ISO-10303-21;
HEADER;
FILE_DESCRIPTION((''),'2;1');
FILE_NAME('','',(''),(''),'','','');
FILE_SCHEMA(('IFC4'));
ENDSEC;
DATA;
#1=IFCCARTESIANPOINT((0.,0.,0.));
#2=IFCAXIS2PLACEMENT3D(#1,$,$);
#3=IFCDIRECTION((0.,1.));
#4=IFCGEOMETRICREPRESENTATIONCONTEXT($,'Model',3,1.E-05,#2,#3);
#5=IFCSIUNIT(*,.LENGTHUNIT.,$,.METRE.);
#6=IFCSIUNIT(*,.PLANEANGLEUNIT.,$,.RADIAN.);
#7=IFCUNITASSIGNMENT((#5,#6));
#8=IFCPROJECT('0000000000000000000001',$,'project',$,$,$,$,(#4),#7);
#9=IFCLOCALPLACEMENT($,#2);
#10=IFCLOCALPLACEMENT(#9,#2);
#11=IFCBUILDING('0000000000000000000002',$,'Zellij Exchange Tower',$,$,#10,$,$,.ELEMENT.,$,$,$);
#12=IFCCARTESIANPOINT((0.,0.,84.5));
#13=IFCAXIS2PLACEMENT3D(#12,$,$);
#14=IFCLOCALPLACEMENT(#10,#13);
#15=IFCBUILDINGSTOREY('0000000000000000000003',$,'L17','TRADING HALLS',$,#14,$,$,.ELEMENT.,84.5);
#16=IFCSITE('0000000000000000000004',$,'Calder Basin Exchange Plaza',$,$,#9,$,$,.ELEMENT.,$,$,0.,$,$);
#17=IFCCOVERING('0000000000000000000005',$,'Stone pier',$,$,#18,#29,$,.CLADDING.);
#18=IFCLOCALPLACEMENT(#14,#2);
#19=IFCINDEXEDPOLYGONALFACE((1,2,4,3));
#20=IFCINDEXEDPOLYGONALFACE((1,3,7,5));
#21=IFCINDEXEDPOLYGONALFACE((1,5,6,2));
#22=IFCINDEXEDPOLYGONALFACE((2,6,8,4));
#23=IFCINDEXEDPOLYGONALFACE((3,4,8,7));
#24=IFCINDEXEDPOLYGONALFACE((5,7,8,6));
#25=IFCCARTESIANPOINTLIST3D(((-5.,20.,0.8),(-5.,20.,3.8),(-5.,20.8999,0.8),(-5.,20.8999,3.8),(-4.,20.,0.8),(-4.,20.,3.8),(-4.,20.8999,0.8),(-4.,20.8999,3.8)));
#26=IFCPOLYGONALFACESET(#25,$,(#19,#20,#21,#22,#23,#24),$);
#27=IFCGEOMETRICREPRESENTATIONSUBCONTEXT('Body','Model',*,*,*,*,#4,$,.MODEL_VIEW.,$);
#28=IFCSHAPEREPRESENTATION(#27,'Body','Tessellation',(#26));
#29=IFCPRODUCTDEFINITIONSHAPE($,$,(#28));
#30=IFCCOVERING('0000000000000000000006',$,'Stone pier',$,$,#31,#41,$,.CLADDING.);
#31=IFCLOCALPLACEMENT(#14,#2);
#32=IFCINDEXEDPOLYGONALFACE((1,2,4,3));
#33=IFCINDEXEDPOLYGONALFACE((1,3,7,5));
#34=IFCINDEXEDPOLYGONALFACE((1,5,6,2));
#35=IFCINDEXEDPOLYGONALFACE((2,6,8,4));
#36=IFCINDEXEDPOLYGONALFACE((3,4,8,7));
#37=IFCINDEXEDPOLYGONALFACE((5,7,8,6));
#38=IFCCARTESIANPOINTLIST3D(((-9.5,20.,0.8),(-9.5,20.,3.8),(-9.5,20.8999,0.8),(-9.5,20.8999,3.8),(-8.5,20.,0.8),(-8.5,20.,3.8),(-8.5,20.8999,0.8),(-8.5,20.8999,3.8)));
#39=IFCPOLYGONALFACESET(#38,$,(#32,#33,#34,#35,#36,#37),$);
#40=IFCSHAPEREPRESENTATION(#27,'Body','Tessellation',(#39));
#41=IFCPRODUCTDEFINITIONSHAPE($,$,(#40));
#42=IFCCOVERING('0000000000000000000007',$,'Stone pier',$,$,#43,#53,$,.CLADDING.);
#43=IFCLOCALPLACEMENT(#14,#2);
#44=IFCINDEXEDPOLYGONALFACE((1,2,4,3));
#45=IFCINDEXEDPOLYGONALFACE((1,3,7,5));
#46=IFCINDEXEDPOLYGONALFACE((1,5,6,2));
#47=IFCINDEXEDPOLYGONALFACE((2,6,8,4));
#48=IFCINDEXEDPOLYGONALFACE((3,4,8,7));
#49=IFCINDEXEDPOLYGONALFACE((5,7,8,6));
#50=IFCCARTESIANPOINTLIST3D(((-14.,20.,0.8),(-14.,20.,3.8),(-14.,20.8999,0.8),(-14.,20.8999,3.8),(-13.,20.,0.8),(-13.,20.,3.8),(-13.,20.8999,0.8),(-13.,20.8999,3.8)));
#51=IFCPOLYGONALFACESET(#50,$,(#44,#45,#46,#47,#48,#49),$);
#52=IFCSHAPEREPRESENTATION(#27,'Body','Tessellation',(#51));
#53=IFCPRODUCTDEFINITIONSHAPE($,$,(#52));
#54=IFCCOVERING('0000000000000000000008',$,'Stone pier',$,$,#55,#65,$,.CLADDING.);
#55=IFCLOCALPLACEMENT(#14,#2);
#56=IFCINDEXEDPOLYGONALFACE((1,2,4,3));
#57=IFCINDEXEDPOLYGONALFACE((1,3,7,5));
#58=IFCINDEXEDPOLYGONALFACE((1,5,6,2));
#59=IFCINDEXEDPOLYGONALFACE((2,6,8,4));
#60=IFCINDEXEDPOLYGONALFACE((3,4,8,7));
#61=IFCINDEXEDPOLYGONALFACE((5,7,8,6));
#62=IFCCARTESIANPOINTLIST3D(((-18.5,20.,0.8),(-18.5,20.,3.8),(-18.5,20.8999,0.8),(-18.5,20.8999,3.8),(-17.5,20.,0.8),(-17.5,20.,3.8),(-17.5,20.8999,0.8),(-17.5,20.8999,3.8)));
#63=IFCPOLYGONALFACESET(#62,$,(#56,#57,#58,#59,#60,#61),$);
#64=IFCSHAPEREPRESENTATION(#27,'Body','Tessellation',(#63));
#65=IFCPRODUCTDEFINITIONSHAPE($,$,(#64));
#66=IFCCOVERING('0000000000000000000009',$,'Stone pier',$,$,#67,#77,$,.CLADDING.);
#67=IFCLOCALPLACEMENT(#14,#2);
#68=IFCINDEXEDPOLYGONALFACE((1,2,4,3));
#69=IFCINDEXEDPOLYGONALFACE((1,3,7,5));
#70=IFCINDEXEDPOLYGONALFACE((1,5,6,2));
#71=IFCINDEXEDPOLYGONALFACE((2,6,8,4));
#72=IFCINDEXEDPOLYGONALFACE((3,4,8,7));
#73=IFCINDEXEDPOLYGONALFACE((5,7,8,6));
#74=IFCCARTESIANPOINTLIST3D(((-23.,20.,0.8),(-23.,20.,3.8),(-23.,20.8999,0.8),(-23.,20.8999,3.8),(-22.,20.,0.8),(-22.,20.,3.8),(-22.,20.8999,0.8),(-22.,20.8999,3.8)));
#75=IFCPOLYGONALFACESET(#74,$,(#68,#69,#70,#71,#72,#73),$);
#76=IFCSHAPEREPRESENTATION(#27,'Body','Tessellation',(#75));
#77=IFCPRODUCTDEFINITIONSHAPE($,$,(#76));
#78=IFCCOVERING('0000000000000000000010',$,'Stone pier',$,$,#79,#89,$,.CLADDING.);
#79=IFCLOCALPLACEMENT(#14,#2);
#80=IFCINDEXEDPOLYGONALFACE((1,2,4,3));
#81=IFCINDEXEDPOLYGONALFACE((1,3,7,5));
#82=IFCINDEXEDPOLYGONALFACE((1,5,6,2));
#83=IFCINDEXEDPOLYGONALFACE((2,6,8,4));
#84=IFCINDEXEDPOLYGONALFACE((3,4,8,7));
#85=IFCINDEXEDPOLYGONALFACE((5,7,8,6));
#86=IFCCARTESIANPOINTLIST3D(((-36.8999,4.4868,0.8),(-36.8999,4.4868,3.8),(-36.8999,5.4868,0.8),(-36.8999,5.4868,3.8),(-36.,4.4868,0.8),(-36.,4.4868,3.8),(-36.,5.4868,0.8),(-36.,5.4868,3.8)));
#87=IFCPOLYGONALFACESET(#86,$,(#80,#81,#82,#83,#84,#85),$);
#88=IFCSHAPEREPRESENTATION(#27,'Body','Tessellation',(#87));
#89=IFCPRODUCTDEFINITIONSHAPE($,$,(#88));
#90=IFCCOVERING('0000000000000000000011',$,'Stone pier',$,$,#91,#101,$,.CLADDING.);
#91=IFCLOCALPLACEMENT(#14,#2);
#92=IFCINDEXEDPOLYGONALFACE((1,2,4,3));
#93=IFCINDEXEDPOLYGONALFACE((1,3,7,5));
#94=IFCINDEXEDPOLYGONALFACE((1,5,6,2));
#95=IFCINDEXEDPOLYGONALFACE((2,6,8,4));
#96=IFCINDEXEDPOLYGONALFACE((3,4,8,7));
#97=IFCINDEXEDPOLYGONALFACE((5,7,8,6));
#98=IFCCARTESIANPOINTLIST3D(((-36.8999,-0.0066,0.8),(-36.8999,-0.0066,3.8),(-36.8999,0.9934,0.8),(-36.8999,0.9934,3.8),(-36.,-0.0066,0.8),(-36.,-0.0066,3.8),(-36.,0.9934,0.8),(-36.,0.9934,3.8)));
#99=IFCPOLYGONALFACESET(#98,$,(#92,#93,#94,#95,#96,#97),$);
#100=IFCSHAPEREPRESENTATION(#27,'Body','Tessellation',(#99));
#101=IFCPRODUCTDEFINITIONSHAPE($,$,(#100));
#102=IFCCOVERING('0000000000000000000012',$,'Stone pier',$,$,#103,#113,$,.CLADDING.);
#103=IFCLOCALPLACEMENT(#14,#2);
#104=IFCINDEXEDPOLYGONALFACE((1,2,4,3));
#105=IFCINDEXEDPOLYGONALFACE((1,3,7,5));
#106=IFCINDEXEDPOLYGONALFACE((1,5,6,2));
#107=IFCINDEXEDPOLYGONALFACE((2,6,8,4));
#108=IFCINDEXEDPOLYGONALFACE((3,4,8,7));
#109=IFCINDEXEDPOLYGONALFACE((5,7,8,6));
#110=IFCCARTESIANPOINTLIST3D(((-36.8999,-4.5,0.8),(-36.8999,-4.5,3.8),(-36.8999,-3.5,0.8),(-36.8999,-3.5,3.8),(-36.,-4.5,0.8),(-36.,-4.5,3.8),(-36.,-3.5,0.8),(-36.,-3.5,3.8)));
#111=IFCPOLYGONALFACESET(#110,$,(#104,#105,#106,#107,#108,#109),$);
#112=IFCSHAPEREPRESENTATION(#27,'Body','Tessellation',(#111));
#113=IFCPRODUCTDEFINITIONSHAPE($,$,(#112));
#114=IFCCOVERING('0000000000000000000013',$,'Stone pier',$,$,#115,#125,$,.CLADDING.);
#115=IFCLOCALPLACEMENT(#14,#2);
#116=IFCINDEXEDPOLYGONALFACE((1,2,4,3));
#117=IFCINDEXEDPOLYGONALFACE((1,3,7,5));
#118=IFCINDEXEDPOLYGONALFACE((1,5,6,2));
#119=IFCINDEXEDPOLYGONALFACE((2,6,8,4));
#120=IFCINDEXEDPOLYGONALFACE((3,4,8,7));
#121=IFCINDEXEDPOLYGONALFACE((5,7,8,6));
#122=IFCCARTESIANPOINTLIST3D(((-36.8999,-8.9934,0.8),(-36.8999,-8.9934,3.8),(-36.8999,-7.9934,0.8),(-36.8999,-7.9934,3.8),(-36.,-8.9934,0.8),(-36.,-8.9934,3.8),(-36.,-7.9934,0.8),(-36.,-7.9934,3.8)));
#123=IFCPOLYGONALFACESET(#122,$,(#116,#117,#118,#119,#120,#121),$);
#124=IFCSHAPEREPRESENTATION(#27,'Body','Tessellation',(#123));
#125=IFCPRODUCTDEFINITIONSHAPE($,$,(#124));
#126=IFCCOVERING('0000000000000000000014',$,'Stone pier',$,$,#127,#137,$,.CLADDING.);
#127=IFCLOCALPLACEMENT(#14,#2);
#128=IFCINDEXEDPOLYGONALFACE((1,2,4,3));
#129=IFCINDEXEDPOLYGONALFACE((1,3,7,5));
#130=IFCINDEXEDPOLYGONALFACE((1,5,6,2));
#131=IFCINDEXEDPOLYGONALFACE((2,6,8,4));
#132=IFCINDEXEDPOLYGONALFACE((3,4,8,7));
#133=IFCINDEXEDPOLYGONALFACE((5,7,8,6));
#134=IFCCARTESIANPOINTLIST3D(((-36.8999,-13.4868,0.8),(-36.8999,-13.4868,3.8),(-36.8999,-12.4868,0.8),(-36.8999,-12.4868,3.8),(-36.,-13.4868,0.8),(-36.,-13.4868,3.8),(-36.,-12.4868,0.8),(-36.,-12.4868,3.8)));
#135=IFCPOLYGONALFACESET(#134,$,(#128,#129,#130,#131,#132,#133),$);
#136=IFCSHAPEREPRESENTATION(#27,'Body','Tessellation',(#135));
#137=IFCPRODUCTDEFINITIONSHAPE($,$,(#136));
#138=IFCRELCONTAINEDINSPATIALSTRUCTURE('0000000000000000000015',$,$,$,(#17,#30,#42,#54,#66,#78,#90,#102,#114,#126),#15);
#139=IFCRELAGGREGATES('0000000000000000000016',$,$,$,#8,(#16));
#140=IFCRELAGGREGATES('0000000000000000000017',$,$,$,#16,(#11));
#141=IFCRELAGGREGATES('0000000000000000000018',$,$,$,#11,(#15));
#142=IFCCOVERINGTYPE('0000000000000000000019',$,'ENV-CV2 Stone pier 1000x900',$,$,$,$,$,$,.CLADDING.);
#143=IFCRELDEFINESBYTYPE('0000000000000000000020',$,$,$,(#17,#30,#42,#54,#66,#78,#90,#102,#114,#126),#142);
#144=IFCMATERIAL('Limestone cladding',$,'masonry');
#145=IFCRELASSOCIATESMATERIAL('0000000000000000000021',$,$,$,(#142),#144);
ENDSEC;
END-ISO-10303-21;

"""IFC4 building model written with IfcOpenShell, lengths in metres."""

from ifc_helpers import new_model, si_unit, direction, frame, origin, place, context, subcontext, project, spatial, polyline, outline, extrude, material, type_object, element, save


model = new_model("IFC4")

# Units and contexts
model_context = context("Model", 3, precision=1e-05, world=origin(), true_north=direction((0.0, 1.0)))
body_context = subcontext(model_context, "Body", "Model", "MODEL_VIEW")
ifc_project = project(units=[si_unit("LENGTHUNIT", "METRE"), si_unit("PLANEANGLEUNIT", "RADIAN")], contexts=[model_context])

# Site, building, storey
site_placement = place(None, origin())
site = spatial("IfcSite", under=ifc_project, at=site_placement, Name="Calder Basin Exchange Plaza", CompositionType="ELEMENT", RefElevation=0.0)
building_placement = place(site_placement, origin())
building = spatial("IfcBuilding", under=site, at=building_placement, Name="Zellij Exchange Tower", CompositionType="ELEMENT")
storey_placement = place(building_placement, frame((0.0, 0.0, 84.5)))
storey = spatial("IfcBuildingStorey", under=building, at=storey_placement, Name="L17", Description="TRADING HALLS", CompositionType="ELEMENT", Elevation=84.5)

# Coverings
ifc_material_1 = material(Name="Limestone cladding", Category="masonry")
covering_type_1 = type_object("IfcCoveringType", Name="ENV-CV2 Stone pier 1000x900", PredefinedType="CLADDING", material=ifc_material_1)
covering_1_placement = place(storey_placement, frame((0.0, 0.0, 0.8)))
element("IfcCovering", 1, at=covering_1_placement, inside=storey, type_object=covering_type_1, Name="Stone pier", PredefinedType="CLADDING", context=body_context, shape_type="SweptSolid", body=[
    extrude(outline(polyline([(-4.0, 20.0), (-5.0, 20.0), (-5.0, 20.8999), (-4.0, 20.8999), (-4.0, 20.0)])), origin(), (0.0, 0.0, 1.0), 3.0),
])
covering_2_placement = place(storey_placement, frame((0.0, 0.0, 0.8)))
element("IfcCovering", 2, at=covering_2_placement, inside=storey, type_object=covering_type_1, Name="Stone pier", PredefinedType="CLADDING", context=body_context, shape_type="SweptSolid", body=[
    extrude(outline(polyline([(-8.5, 20.0), (-9.5, 20.0), (-9.5, 20.8999), (-8.5, 20.8999), (-8.5, 20.0)])), origin(), (0.0, 0.0, 1.0), 3.0),
])
covering_3_placement = place(storey_placement, frame((0.0, 0.0, 0.8)))
element("IfcCovering", 3, at=covering_3_placement, inside=storey, type_object=covering_type_1, Name="Stone pier", PredefinedType="CLADDING", context=body_context, shape_type="SweptSolid", body=[
    extrude(outline(polyline([(-13.0, 20.0), (-14.0, 20.0), (-14.0, 20.8999), (-13.0, 20.8999), (-13.0, 20.0)])), origin(), (0.0, 0.0, 1.0), 3.0),
])
covering_4_placement = place(storey_placement, frame((0.0, 0.0, 0.8)))
element("IfcCovering", 4, at=covering_4_placement, inside=storey, type_object=covering_type_1, Name="Stone pier", PredefinedType="CLADDING", context=body_context, shape_type="SweptSolid", body=[
    extrude(outline(polyline([(-17.5, 20.0), (-18.5, 20.0), (-18.5, 20.8999), (-17.5, 20.8999), (-17.5, 20.0)])), origin(), (0.0, 0.0, 1.0), 3.0),
])
covering_5_placement = place(storey_placement, frame((0.0, 0.0, 0.8)))
element("IfcCovering", 5, at=covering_5_placement, inside=storey, type_object=covering_type_1, Name="Stone pier", PredefinedType="CLADDING", context=body_context, shape_type="SweptSolid", body=[
    extrude(outline(polyline([(-22.0, 20.0), (-23.0, 20.0), (-23.0, 20.8999), (-22.0, 20.8999), (-22.0, 20.0)])), origin(), (0.0, 0.0, 1.0), 3.0),
])
covering_6_placement = place(storey_placement, frame((0.0, 0.0, 0.8)))
element("IfcCovering", 6, at=covering_6_placement, inside=storey, type_object=covering_type_1, Name="Stone pier", PredefinedType="CLADDING", context=body_context, shape_type="SweptSolid", body=[
    extrude(outline(polyline([(-36.0, 5.4868), (-36.0, 4.4868), (-36.8999, 4.4868), (-36.8999, 5.4868), (-36.0, 5.4868)])), origin(), (0.0, 0.0, 1.0), 3.0),
])
covering_7_placement = place(storey_placement, frame((0.0, 0.0, 0.8)))
element("IfcCovering", 7, at=covering_7_placement, inside=storey, type_object=covering_type_1, Name="Stone pier", PredefinedType="CLADDING", context=body_context, shape_type="SweptSolid", body=[
    extrude(outline(polyline([(-36.0, 0.9934), (-36.0, -0.0066), (-36.8999, -0.0066), (-36.8999, 0.9934), (-36.0, 0.9934)])), origin(), (0.0, 0.0, 1.0), 3.0),
])
covering_8_placement = place(storey_placement, frame((0.0, 0.0, 0.8)))
element("IfcCovering", 8, at=covering_8_placement, inside=storey, type_object=covering_type_1, Name="Stone pier", PredefinedType="CLADDING", context=body_context, shape_type="SweptSolid", body=[
    extrude(outline(polyline([(-36.0, -3.5), (-36.0, -4.5), (-36.8999, -4.5), (-36.8999, -3.5), (-36.0, -3.5)])), origin(), (0.0, 0.0, 1.0), 3.0),
])
covering_9_placement = place(storey_placement, frame((0.0, 0.0, 0.8)))
element("IfcCovering", 9, at=covering_9_placement, inside=storey, type_object=covering_type_1, Name="Stone pier", PredefinedType="CLADDING", context=body_context, shape_type="SweptSolid", body=[
    extrude(outline(polyline([(-36.0, -7.9934), (-36.0, -8.9934), (-36.8999, -8.9934), (-36.8999, -7.9934), (-36.0, -7.9934)])), origin(), (0.0, 0.0, 1.0), 3.0),
])
covering_10_placement = place(storey_placement, frame((0.0, 0.0, 0.8)))
element("IfcCovering", 10, at=covering_10_placement, inside=storey, type_object=covering_type_1, Name="Stone pier", PredefinedType="CLADDING", context=body_context, shape_type="SweptSolid", body=[
    extrude(outline(polyline([(-36.0, -12.4868), (-36.0, -13.4868), (-36.8999, -13.4868), (-36.8999, -12.4868), (-36.0, -12.4868)])), origin(), (0.0, 0.0, 1.0), 3.0),
])

save(model, "model.ifc")
